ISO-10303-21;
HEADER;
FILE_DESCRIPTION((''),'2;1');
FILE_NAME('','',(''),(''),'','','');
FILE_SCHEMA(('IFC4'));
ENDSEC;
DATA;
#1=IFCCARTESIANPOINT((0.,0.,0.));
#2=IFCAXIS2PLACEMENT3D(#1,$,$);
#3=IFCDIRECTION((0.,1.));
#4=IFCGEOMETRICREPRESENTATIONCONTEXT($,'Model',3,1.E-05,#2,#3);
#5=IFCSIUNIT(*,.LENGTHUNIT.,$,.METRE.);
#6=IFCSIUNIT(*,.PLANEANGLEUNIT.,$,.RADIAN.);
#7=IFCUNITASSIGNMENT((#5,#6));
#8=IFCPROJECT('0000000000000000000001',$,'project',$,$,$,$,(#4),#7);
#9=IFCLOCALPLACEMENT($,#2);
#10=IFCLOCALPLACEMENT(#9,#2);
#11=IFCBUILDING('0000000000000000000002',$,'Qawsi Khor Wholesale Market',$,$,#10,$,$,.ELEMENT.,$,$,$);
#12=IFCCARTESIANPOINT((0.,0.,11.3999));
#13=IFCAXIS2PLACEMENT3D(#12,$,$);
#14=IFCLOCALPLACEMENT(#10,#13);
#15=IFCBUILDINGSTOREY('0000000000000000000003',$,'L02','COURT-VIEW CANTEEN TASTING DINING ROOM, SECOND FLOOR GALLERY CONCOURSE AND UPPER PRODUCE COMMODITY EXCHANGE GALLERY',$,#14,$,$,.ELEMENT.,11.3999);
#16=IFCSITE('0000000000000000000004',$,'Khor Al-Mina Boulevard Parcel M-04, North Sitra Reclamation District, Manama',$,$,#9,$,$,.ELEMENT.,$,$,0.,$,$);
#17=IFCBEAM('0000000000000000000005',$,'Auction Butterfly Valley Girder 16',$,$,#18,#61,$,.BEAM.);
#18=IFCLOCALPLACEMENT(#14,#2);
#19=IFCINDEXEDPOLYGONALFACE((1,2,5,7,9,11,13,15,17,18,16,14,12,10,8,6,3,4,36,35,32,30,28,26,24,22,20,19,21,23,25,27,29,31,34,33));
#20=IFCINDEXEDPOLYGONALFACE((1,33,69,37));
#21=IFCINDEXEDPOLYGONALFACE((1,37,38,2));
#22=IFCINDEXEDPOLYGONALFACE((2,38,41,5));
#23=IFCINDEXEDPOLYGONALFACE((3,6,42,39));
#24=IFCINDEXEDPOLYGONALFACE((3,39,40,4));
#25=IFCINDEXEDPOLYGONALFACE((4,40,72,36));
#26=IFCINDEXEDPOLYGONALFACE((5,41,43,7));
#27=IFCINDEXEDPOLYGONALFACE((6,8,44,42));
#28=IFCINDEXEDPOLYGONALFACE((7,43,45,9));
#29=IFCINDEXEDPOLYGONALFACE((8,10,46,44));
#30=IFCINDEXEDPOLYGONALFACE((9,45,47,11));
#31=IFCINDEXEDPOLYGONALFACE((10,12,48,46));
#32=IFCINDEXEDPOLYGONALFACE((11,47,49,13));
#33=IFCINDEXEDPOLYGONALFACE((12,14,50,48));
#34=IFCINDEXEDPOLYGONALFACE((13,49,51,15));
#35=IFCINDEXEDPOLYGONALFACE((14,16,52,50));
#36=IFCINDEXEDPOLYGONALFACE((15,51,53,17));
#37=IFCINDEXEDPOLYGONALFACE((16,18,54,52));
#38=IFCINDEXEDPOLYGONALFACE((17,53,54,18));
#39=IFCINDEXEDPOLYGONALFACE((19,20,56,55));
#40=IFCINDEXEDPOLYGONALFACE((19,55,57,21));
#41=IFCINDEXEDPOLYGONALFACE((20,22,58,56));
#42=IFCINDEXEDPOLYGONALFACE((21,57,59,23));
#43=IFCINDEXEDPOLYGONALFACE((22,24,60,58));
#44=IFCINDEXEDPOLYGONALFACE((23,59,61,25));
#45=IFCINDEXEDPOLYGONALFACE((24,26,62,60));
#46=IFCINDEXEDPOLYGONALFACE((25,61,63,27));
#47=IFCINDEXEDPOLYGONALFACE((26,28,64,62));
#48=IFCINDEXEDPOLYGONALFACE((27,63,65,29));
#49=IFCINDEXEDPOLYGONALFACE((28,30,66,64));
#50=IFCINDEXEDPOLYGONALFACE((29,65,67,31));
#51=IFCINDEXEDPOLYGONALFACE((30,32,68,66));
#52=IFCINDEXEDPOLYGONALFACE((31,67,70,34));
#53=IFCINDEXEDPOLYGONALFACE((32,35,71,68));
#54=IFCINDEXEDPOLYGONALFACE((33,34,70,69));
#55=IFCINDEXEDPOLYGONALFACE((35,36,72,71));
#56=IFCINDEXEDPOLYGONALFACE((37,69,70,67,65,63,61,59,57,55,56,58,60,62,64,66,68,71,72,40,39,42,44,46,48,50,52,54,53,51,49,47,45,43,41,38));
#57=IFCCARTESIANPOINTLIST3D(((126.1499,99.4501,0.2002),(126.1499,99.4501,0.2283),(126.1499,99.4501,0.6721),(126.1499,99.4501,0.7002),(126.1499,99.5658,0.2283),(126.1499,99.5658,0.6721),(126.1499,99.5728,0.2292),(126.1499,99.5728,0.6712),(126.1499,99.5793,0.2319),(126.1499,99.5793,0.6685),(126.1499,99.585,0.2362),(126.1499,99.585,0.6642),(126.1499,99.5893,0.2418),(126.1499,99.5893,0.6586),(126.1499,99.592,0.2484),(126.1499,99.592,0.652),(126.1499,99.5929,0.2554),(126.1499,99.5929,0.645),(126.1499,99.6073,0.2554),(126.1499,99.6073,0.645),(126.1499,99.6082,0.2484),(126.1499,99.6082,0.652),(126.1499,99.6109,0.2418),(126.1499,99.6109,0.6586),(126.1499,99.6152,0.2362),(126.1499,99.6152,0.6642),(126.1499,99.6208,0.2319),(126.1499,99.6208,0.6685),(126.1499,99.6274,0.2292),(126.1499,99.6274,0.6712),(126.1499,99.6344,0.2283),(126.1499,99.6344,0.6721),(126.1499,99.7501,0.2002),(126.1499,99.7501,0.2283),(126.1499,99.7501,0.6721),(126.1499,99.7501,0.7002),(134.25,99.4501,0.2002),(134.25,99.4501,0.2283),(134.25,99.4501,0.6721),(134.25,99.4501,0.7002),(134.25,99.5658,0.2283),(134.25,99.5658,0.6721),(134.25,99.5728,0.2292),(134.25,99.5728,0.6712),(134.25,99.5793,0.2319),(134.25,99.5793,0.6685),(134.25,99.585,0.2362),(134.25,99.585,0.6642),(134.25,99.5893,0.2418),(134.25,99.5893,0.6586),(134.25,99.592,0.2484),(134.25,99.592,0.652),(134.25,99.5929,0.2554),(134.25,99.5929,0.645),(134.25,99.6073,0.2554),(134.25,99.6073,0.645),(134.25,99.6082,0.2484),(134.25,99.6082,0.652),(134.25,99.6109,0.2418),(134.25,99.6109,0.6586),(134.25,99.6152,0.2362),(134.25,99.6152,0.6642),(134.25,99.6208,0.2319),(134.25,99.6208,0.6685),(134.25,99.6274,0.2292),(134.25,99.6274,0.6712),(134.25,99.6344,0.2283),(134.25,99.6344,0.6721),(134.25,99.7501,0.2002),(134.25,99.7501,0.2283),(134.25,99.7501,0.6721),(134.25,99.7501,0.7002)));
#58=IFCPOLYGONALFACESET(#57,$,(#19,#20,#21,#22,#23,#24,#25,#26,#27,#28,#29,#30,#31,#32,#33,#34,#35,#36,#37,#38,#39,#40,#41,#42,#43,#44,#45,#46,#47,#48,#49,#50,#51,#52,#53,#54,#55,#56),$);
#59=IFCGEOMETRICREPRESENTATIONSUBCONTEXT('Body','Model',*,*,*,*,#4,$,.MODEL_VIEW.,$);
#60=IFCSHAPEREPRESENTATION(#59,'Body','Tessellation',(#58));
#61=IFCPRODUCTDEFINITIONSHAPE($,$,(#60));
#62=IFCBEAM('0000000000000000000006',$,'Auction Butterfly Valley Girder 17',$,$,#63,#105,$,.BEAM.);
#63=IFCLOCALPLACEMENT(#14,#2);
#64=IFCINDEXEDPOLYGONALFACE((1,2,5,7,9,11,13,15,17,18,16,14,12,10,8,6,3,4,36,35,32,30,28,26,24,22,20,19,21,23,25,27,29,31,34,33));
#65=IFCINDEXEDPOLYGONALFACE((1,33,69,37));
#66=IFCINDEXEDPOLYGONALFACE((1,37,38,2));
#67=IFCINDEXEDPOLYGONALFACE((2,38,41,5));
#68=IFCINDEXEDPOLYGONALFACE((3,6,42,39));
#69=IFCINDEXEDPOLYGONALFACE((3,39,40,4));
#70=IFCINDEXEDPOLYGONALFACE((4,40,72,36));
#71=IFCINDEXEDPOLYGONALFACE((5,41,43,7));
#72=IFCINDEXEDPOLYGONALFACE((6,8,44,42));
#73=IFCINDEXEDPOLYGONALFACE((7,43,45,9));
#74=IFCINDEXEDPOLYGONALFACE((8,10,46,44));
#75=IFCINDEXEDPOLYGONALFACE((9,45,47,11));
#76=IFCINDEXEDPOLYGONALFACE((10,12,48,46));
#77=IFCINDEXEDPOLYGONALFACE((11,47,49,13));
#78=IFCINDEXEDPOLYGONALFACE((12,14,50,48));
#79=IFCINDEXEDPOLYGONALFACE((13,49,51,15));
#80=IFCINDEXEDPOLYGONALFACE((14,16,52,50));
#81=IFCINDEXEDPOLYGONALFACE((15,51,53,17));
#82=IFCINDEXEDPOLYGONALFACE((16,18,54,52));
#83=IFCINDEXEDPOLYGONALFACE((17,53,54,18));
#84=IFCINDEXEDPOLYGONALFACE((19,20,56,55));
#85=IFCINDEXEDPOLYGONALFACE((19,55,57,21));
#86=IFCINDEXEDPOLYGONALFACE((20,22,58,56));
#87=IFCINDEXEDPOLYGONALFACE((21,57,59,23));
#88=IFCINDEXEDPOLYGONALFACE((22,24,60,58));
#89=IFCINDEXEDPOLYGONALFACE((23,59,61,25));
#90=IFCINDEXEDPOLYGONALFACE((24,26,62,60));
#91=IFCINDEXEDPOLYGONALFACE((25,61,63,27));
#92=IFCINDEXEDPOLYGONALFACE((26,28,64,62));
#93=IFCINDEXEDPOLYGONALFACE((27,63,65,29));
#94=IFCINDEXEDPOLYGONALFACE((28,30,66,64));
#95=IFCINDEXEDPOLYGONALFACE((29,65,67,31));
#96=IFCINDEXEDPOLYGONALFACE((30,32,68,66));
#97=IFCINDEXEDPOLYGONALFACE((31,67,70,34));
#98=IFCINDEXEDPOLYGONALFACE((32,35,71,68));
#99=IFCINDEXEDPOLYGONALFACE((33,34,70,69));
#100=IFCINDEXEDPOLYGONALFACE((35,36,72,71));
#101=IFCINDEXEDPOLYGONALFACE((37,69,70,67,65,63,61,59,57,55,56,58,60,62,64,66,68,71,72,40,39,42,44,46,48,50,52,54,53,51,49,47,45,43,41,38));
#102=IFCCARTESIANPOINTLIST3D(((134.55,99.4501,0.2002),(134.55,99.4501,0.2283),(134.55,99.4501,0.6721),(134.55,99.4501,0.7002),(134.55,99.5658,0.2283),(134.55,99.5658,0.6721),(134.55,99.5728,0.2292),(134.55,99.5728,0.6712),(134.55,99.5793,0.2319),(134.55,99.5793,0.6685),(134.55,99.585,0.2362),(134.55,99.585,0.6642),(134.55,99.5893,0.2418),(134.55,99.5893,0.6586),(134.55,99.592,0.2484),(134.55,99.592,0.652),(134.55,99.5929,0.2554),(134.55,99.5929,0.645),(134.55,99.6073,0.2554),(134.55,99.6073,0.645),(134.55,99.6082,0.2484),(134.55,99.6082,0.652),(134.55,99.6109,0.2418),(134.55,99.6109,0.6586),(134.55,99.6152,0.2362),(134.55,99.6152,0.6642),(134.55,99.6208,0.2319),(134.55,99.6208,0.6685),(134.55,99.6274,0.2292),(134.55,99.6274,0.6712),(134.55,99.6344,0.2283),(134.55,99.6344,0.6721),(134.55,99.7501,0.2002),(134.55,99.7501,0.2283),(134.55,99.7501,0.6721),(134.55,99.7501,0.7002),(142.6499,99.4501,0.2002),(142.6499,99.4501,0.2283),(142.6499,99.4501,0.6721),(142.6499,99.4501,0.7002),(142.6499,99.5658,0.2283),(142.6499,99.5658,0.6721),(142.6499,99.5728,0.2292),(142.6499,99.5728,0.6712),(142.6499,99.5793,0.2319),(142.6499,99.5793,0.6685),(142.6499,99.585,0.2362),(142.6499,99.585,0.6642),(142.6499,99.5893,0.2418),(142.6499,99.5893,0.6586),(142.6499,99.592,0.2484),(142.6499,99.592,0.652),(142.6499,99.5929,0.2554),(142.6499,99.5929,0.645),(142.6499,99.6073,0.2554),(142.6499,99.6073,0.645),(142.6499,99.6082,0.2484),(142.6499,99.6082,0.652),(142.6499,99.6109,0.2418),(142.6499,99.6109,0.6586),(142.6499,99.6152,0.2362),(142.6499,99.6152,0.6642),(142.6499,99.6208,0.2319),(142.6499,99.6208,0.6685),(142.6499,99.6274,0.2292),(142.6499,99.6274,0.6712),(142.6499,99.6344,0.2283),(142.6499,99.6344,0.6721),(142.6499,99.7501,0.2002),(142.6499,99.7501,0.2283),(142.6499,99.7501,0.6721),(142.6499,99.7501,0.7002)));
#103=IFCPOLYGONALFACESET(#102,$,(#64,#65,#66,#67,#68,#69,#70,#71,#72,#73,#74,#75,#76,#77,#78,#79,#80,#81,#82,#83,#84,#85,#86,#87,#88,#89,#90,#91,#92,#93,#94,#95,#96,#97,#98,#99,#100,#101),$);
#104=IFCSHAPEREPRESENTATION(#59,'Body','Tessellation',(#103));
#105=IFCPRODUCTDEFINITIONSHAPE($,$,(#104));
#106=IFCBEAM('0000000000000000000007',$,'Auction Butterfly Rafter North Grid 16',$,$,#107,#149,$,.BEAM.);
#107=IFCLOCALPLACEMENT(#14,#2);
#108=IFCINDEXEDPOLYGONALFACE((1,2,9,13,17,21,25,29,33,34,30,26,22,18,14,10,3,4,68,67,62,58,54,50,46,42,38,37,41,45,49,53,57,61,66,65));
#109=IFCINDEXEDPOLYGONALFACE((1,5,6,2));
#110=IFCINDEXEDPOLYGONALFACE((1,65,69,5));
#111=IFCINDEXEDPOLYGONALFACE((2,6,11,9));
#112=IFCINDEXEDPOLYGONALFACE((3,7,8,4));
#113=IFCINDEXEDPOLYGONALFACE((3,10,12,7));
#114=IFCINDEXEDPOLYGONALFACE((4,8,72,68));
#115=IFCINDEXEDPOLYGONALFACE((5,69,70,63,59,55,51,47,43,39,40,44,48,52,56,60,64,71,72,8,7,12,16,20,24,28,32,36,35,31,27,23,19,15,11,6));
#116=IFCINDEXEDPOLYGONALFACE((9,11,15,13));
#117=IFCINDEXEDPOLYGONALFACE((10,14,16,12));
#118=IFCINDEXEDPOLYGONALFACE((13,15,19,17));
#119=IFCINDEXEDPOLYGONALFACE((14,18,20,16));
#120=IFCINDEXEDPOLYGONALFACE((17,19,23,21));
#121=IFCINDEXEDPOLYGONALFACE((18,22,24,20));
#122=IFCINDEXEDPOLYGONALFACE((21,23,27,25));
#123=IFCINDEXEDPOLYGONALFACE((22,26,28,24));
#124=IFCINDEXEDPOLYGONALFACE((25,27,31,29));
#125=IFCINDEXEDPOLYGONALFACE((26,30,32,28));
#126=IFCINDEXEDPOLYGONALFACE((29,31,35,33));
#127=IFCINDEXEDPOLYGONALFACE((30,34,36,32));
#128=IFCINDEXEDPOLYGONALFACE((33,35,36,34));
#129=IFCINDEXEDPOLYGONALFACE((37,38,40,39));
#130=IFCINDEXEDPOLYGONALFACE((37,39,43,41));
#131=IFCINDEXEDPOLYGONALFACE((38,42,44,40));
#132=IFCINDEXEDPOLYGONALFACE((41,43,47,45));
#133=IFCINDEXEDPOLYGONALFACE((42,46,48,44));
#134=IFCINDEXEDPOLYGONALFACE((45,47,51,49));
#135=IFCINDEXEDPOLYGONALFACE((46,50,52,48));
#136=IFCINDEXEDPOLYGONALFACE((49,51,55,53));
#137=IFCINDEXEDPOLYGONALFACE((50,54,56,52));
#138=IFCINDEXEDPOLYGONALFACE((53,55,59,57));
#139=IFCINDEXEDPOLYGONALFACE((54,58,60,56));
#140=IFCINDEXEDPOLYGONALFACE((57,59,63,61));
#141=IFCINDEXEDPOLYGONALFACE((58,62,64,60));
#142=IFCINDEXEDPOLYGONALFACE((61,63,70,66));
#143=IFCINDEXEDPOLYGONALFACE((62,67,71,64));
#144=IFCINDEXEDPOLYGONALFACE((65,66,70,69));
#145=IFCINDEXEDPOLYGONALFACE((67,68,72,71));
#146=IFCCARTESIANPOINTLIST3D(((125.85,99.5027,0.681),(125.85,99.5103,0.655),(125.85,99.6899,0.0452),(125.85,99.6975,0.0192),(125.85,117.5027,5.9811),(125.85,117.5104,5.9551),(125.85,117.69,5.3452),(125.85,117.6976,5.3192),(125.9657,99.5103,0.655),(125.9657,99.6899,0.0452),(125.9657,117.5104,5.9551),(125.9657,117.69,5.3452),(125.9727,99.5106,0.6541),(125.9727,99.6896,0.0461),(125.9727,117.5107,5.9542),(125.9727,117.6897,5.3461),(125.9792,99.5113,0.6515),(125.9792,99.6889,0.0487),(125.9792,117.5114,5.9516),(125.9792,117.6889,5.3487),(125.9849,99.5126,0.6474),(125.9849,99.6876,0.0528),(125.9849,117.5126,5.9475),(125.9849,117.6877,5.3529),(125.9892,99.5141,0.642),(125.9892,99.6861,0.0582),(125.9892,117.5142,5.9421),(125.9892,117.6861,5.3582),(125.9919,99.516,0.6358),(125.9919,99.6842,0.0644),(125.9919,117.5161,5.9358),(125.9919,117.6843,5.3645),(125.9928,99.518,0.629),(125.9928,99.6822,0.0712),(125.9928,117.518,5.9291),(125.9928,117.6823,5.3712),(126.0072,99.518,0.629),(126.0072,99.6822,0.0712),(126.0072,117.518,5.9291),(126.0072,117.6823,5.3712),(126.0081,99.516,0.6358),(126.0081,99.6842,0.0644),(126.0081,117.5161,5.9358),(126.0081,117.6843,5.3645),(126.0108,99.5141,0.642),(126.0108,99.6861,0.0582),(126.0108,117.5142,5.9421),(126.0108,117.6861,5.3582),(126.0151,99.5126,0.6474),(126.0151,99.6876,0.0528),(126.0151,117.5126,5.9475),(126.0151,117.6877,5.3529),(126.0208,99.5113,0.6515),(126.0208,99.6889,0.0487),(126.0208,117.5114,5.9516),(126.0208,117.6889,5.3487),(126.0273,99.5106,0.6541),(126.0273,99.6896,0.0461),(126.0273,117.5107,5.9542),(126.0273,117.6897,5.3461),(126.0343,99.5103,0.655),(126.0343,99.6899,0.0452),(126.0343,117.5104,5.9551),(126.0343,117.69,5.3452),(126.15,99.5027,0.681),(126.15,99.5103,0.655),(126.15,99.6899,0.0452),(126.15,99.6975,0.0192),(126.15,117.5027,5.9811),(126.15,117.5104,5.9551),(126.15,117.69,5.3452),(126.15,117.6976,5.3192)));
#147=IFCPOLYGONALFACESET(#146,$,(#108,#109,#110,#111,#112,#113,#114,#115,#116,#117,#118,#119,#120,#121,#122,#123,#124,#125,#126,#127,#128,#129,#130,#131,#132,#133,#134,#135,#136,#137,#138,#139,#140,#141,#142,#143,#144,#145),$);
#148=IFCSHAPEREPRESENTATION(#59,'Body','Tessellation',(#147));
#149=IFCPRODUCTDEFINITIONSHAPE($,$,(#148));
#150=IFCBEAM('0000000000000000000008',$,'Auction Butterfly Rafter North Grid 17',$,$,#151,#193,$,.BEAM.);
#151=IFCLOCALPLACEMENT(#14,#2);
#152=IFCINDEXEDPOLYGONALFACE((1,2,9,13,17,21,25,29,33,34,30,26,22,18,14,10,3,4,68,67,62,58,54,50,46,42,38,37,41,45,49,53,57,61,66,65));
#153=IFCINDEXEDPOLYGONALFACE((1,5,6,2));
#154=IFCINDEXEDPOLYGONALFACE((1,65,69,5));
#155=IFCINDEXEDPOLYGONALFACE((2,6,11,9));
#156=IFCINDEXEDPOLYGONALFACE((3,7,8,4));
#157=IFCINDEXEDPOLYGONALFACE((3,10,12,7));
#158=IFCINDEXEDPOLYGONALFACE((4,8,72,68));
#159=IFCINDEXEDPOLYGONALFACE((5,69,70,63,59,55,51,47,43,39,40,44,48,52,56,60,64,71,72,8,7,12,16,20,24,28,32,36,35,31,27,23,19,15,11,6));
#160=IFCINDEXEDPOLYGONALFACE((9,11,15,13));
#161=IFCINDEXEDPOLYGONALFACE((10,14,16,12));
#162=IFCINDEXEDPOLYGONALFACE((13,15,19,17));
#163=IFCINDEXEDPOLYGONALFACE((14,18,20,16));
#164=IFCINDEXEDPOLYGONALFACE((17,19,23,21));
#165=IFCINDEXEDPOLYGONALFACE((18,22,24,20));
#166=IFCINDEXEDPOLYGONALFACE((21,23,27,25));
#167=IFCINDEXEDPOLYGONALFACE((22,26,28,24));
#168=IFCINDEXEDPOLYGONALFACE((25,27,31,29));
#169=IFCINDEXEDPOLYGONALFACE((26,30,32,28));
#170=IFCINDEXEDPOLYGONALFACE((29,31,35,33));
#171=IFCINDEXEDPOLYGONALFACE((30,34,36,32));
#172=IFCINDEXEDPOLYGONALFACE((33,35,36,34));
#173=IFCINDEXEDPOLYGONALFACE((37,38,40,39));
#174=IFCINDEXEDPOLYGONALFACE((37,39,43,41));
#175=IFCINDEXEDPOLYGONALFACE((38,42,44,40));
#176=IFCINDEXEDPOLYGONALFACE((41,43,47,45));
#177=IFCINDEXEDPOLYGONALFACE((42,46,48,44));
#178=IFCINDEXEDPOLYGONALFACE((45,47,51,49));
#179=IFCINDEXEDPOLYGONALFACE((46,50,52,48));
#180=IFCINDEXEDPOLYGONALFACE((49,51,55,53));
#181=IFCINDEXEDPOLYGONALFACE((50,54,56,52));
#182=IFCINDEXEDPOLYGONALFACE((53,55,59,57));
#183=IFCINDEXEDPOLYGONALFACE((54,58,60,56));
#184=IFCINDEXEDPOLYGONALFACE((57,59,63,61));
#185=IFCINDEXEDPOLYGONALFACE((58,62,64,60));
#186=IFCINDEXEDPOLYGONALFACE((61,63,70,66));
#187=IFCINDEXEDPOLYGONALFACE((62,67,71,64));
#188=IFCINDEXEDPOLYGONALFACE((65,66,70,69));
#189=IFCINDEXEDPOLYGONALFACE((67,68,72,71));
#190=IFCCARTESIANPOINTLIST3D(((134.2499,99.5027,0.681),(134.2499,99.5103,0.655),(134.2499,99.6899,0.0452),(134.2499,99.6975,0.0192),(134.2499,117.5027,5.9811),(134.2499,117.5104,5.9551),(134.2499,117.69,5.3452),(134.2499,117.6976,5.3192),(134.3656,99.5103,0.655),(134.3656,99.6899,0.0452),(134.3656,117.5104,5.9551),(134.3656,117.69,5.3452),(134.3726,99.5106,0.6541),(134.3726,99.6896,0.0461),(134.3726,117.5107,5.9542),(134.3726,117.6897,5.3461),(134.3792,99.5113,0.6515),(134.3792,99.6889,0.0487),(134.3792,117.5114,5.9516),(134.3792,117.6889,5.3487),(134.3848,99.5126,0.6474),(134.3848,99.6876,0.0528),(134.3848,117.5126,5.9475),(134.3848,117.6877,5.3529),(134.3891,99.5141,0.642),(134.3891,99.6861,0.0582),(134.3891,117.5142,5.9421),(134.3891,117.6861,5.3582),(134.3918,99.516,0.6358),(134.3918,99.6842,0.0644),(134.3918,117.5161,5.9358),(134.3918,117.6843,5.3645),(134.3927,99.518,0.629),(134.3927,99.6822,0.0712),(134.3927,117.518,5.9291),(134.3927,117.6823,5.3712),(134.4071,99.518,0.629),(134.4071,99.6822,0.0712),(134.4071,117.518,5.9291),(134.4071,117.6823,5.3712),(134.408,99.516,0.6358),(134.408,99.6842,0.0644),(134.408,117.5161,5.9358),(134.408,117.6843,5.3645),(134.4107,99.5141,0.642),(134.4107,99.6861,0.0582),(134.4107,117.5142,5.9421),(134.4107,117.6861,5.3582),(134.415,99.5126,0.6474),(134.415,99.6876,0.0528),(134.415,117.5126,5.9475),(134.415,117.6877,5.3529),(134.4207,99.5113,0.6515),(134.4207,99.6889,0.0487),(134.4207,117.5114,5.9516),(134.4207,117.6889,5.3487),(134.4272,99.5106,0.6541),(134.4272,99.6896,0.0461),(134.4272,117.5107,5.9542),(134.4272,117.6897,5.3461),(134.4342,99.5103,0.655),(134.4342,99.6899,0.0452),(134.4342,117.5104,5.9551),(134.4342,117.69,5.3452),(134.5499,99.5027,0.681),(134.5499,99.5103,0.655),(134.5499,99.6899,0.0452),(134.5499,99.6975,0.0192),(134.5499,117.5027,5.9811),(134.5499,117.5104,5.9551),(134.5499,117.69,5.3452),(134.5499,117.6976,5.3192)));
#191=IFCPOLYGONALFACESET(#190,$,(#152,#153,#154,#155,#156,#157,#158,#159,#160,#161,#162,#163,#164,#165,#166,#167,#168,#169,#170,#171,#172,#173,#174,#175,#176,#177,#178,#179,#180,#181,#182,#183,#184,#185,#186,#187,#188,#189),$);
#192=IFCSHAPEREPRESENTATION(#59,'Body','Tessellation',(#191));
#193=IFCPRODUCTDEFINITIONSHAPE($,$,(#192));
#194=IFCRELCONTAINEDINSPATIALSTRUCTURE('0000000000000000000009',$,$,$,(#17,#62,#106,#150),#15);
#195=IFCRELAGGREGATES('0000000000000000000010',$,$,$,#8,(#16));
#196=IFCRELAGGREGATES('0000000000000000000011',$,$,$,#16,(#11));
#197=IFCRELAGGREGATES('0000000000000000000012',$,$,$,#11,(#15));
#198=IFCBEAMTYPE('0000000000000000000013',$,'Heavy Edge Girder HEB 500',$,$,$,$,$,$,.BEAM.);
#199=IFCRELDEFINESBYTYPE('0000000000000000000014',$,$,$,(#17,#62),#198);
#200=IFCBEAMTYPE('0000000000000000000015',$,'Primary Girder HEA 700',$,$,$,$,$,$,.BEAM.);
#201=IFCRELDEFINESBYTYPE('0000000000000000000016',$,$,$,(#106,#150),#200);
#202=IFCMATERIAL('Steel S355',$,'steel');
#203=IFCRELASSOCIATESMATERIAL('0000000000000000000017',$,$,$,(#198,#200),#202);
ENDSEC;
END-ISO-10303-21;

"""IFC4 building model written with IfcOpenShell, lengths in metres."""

from ifc_helpers import new_model, si_unit, direction, frame, origin, origin_2d, place, context, subcontext, project, spatial, i_section, extrude, material, material_profile, profile_set, type_object, element, save


model = new_model("IFC4")

# Units and contexts
model_context = context("Model", 3, precision=1e-05, world=origin(), true_north=direction((0.0, 1.0)))
body_context = subcontext(model_context, "Body", "Model", "MODEL_VIEW")
ifc_project = project(units=[si_unit("LENGTHUNIT", "METRE"), si_unit("PLANEANGLEUNIT", "RADIAN")], contexts=[model_context])

# Site, building, storey
site_placement = place(None, origin())
site = spatial("IfcSite", under=ifc_project, at=site_placement, Name="Khor Al-Mina Boulevard Parcel M-04, North Sitra Reclamation District, Manama", CompositionType="ELEMENT", RefElevation=0.0)
building_placement = place(site_placement, origin())
building = spatial("IfcBuilding", under=site, at=building_placement, Name="Qawsi Khor Wholesale Market", CompositionType="ELEMENT")
storey_placement = place(building_placement, frame((0.0, 0.0, 11.3999)))
storey = spatial("IfcBuildingStorey", under=building, at=storey_placement, Name="L02", Description="COURT-VIEW CANTEEN TASTING DINING ROOM, SECOND FLOOR GALLERY CONCOURSE AND UPPER PRODUCE COMMODITY EXCHANGE GALLERY", CompositionType="ELEMENT", Elevation=11.3999)

# Shared definitions
ifc_material_1 = material(Name="Steel S355", Category="steel")

# Beams
ifc_material_profile_1 = material_profile(ifc_material_1, i_section(OverallWidth=0.3, OverallDepth=0.5, WebThickness=0.0144, FlangeThickness=0.0281, FilletRadius=0.0271, at=origin_2d()), Name="HEB 500")
ifc_profile_set_1 = profile_set([ifc_material_profile_1], Name="Steel S355")
beam_type_1 = type_object("IfcBeamType", Name="Heavy Edge Girder HEB 500", PredefinedType="BEAM", material=ifc_profile_set_1)
beam_1_placement = place(storey_placement, frame((126.1499, 99.6001, 0.4502), z_axis=(1.0, 0.0, 0.0), x_axis=(0.0, 1.0, 0.0)))
element("IfcBeam", 1, at=beam_1_placement, inside=storey, type_object=beam_type_1, Name="Auction Butterfly Valley Girder 16", PredefinedType="BEAM", context=body_context, shape_type="SweptSolid", body=[
    extrude(i_section(OverallWidth=0.3, OverallDepth=0.5, WebThickness=0.0144, FlangeThickness=0.0281, FilletRadius=0.0271, at=origin_2d()), origin(), (0.0, 0.0, 1.0), 8.1001),
])
beam_2_placement = place(storey_placement, frame((134.55, 99.6001, 0.4502), z_axis=(1.0, 0.0, 0.0), x_axis=(0.0, 1.0, 0.0)))
element("IfcBeam", 2, at=beam_2_placement, inside=storey, type_object=beam_type_1, Name="Auction Butterfly Valley Girder 17", PredefinedType="BEAM", context=body_context, shape_type="SweptSolid", body=[
    extrude(i_section(OverallWidth=0.3, OverallDepth=0.5, WebThickness=0.0144, FlangeThickness=0.0281, FilletRadius=0.0271, at=origin_2d()), origin(), (0.0, 0.0, 1.0), 8.0999),
])
ifc_material_profile_2 = material_profile(ifc_material_1, i_section(OverallWidth=0.3, OverallDepth=0.6899, WebThickness=0.0144, FlangeThickness=0.0271, FilletRadius=0.0271, at=origin_2d()), Name="HEA 700")
ifc_profile_set_2 = profile_set([ifc_material_profile_2], Name="Steel S355")
beam_type_2 = type_object("IfcBeamType", Name="Primary Girder HEA 700", PredefinedType="BEAM", material=ifc_profile_set_2)
for number, where, z_axis, x_axis, name in (
    (3, (126.0, 99.6001, 0.3501), (0.0, 0.95928, 0.282457), (-1.0, 0.0, 0.0), "Auction Butterfly Rafter North Grid 16"),
    (4, (134.3999, 99.6001, 0.3501), (0.0, 0.95928, 0.282457), (-1.0, 0.0, 0.0), "Auction Butterfly Rafter North Grid 17"),
):
    element("IfcBeam", number, at=place(storey_placement, frame(where, z_axis=z_axis, x_axis=x_axis)), inside=storey, type_object=beam_type_2, Name=name, PredefinedType="BEAM", context=body_context, shape_type="SweptSolid", body=[
        extrude(i_section(OverallWidth=0.3, OverallDepth=0.6899, WebThickness=0.0144, FlangeThickness=0.0271, FilletRadius=0.0271, at=origin_2d()), origin(), (0.0, 0.0, 1.0), 18.7642),
    ])

save(model, "model.ifc")
